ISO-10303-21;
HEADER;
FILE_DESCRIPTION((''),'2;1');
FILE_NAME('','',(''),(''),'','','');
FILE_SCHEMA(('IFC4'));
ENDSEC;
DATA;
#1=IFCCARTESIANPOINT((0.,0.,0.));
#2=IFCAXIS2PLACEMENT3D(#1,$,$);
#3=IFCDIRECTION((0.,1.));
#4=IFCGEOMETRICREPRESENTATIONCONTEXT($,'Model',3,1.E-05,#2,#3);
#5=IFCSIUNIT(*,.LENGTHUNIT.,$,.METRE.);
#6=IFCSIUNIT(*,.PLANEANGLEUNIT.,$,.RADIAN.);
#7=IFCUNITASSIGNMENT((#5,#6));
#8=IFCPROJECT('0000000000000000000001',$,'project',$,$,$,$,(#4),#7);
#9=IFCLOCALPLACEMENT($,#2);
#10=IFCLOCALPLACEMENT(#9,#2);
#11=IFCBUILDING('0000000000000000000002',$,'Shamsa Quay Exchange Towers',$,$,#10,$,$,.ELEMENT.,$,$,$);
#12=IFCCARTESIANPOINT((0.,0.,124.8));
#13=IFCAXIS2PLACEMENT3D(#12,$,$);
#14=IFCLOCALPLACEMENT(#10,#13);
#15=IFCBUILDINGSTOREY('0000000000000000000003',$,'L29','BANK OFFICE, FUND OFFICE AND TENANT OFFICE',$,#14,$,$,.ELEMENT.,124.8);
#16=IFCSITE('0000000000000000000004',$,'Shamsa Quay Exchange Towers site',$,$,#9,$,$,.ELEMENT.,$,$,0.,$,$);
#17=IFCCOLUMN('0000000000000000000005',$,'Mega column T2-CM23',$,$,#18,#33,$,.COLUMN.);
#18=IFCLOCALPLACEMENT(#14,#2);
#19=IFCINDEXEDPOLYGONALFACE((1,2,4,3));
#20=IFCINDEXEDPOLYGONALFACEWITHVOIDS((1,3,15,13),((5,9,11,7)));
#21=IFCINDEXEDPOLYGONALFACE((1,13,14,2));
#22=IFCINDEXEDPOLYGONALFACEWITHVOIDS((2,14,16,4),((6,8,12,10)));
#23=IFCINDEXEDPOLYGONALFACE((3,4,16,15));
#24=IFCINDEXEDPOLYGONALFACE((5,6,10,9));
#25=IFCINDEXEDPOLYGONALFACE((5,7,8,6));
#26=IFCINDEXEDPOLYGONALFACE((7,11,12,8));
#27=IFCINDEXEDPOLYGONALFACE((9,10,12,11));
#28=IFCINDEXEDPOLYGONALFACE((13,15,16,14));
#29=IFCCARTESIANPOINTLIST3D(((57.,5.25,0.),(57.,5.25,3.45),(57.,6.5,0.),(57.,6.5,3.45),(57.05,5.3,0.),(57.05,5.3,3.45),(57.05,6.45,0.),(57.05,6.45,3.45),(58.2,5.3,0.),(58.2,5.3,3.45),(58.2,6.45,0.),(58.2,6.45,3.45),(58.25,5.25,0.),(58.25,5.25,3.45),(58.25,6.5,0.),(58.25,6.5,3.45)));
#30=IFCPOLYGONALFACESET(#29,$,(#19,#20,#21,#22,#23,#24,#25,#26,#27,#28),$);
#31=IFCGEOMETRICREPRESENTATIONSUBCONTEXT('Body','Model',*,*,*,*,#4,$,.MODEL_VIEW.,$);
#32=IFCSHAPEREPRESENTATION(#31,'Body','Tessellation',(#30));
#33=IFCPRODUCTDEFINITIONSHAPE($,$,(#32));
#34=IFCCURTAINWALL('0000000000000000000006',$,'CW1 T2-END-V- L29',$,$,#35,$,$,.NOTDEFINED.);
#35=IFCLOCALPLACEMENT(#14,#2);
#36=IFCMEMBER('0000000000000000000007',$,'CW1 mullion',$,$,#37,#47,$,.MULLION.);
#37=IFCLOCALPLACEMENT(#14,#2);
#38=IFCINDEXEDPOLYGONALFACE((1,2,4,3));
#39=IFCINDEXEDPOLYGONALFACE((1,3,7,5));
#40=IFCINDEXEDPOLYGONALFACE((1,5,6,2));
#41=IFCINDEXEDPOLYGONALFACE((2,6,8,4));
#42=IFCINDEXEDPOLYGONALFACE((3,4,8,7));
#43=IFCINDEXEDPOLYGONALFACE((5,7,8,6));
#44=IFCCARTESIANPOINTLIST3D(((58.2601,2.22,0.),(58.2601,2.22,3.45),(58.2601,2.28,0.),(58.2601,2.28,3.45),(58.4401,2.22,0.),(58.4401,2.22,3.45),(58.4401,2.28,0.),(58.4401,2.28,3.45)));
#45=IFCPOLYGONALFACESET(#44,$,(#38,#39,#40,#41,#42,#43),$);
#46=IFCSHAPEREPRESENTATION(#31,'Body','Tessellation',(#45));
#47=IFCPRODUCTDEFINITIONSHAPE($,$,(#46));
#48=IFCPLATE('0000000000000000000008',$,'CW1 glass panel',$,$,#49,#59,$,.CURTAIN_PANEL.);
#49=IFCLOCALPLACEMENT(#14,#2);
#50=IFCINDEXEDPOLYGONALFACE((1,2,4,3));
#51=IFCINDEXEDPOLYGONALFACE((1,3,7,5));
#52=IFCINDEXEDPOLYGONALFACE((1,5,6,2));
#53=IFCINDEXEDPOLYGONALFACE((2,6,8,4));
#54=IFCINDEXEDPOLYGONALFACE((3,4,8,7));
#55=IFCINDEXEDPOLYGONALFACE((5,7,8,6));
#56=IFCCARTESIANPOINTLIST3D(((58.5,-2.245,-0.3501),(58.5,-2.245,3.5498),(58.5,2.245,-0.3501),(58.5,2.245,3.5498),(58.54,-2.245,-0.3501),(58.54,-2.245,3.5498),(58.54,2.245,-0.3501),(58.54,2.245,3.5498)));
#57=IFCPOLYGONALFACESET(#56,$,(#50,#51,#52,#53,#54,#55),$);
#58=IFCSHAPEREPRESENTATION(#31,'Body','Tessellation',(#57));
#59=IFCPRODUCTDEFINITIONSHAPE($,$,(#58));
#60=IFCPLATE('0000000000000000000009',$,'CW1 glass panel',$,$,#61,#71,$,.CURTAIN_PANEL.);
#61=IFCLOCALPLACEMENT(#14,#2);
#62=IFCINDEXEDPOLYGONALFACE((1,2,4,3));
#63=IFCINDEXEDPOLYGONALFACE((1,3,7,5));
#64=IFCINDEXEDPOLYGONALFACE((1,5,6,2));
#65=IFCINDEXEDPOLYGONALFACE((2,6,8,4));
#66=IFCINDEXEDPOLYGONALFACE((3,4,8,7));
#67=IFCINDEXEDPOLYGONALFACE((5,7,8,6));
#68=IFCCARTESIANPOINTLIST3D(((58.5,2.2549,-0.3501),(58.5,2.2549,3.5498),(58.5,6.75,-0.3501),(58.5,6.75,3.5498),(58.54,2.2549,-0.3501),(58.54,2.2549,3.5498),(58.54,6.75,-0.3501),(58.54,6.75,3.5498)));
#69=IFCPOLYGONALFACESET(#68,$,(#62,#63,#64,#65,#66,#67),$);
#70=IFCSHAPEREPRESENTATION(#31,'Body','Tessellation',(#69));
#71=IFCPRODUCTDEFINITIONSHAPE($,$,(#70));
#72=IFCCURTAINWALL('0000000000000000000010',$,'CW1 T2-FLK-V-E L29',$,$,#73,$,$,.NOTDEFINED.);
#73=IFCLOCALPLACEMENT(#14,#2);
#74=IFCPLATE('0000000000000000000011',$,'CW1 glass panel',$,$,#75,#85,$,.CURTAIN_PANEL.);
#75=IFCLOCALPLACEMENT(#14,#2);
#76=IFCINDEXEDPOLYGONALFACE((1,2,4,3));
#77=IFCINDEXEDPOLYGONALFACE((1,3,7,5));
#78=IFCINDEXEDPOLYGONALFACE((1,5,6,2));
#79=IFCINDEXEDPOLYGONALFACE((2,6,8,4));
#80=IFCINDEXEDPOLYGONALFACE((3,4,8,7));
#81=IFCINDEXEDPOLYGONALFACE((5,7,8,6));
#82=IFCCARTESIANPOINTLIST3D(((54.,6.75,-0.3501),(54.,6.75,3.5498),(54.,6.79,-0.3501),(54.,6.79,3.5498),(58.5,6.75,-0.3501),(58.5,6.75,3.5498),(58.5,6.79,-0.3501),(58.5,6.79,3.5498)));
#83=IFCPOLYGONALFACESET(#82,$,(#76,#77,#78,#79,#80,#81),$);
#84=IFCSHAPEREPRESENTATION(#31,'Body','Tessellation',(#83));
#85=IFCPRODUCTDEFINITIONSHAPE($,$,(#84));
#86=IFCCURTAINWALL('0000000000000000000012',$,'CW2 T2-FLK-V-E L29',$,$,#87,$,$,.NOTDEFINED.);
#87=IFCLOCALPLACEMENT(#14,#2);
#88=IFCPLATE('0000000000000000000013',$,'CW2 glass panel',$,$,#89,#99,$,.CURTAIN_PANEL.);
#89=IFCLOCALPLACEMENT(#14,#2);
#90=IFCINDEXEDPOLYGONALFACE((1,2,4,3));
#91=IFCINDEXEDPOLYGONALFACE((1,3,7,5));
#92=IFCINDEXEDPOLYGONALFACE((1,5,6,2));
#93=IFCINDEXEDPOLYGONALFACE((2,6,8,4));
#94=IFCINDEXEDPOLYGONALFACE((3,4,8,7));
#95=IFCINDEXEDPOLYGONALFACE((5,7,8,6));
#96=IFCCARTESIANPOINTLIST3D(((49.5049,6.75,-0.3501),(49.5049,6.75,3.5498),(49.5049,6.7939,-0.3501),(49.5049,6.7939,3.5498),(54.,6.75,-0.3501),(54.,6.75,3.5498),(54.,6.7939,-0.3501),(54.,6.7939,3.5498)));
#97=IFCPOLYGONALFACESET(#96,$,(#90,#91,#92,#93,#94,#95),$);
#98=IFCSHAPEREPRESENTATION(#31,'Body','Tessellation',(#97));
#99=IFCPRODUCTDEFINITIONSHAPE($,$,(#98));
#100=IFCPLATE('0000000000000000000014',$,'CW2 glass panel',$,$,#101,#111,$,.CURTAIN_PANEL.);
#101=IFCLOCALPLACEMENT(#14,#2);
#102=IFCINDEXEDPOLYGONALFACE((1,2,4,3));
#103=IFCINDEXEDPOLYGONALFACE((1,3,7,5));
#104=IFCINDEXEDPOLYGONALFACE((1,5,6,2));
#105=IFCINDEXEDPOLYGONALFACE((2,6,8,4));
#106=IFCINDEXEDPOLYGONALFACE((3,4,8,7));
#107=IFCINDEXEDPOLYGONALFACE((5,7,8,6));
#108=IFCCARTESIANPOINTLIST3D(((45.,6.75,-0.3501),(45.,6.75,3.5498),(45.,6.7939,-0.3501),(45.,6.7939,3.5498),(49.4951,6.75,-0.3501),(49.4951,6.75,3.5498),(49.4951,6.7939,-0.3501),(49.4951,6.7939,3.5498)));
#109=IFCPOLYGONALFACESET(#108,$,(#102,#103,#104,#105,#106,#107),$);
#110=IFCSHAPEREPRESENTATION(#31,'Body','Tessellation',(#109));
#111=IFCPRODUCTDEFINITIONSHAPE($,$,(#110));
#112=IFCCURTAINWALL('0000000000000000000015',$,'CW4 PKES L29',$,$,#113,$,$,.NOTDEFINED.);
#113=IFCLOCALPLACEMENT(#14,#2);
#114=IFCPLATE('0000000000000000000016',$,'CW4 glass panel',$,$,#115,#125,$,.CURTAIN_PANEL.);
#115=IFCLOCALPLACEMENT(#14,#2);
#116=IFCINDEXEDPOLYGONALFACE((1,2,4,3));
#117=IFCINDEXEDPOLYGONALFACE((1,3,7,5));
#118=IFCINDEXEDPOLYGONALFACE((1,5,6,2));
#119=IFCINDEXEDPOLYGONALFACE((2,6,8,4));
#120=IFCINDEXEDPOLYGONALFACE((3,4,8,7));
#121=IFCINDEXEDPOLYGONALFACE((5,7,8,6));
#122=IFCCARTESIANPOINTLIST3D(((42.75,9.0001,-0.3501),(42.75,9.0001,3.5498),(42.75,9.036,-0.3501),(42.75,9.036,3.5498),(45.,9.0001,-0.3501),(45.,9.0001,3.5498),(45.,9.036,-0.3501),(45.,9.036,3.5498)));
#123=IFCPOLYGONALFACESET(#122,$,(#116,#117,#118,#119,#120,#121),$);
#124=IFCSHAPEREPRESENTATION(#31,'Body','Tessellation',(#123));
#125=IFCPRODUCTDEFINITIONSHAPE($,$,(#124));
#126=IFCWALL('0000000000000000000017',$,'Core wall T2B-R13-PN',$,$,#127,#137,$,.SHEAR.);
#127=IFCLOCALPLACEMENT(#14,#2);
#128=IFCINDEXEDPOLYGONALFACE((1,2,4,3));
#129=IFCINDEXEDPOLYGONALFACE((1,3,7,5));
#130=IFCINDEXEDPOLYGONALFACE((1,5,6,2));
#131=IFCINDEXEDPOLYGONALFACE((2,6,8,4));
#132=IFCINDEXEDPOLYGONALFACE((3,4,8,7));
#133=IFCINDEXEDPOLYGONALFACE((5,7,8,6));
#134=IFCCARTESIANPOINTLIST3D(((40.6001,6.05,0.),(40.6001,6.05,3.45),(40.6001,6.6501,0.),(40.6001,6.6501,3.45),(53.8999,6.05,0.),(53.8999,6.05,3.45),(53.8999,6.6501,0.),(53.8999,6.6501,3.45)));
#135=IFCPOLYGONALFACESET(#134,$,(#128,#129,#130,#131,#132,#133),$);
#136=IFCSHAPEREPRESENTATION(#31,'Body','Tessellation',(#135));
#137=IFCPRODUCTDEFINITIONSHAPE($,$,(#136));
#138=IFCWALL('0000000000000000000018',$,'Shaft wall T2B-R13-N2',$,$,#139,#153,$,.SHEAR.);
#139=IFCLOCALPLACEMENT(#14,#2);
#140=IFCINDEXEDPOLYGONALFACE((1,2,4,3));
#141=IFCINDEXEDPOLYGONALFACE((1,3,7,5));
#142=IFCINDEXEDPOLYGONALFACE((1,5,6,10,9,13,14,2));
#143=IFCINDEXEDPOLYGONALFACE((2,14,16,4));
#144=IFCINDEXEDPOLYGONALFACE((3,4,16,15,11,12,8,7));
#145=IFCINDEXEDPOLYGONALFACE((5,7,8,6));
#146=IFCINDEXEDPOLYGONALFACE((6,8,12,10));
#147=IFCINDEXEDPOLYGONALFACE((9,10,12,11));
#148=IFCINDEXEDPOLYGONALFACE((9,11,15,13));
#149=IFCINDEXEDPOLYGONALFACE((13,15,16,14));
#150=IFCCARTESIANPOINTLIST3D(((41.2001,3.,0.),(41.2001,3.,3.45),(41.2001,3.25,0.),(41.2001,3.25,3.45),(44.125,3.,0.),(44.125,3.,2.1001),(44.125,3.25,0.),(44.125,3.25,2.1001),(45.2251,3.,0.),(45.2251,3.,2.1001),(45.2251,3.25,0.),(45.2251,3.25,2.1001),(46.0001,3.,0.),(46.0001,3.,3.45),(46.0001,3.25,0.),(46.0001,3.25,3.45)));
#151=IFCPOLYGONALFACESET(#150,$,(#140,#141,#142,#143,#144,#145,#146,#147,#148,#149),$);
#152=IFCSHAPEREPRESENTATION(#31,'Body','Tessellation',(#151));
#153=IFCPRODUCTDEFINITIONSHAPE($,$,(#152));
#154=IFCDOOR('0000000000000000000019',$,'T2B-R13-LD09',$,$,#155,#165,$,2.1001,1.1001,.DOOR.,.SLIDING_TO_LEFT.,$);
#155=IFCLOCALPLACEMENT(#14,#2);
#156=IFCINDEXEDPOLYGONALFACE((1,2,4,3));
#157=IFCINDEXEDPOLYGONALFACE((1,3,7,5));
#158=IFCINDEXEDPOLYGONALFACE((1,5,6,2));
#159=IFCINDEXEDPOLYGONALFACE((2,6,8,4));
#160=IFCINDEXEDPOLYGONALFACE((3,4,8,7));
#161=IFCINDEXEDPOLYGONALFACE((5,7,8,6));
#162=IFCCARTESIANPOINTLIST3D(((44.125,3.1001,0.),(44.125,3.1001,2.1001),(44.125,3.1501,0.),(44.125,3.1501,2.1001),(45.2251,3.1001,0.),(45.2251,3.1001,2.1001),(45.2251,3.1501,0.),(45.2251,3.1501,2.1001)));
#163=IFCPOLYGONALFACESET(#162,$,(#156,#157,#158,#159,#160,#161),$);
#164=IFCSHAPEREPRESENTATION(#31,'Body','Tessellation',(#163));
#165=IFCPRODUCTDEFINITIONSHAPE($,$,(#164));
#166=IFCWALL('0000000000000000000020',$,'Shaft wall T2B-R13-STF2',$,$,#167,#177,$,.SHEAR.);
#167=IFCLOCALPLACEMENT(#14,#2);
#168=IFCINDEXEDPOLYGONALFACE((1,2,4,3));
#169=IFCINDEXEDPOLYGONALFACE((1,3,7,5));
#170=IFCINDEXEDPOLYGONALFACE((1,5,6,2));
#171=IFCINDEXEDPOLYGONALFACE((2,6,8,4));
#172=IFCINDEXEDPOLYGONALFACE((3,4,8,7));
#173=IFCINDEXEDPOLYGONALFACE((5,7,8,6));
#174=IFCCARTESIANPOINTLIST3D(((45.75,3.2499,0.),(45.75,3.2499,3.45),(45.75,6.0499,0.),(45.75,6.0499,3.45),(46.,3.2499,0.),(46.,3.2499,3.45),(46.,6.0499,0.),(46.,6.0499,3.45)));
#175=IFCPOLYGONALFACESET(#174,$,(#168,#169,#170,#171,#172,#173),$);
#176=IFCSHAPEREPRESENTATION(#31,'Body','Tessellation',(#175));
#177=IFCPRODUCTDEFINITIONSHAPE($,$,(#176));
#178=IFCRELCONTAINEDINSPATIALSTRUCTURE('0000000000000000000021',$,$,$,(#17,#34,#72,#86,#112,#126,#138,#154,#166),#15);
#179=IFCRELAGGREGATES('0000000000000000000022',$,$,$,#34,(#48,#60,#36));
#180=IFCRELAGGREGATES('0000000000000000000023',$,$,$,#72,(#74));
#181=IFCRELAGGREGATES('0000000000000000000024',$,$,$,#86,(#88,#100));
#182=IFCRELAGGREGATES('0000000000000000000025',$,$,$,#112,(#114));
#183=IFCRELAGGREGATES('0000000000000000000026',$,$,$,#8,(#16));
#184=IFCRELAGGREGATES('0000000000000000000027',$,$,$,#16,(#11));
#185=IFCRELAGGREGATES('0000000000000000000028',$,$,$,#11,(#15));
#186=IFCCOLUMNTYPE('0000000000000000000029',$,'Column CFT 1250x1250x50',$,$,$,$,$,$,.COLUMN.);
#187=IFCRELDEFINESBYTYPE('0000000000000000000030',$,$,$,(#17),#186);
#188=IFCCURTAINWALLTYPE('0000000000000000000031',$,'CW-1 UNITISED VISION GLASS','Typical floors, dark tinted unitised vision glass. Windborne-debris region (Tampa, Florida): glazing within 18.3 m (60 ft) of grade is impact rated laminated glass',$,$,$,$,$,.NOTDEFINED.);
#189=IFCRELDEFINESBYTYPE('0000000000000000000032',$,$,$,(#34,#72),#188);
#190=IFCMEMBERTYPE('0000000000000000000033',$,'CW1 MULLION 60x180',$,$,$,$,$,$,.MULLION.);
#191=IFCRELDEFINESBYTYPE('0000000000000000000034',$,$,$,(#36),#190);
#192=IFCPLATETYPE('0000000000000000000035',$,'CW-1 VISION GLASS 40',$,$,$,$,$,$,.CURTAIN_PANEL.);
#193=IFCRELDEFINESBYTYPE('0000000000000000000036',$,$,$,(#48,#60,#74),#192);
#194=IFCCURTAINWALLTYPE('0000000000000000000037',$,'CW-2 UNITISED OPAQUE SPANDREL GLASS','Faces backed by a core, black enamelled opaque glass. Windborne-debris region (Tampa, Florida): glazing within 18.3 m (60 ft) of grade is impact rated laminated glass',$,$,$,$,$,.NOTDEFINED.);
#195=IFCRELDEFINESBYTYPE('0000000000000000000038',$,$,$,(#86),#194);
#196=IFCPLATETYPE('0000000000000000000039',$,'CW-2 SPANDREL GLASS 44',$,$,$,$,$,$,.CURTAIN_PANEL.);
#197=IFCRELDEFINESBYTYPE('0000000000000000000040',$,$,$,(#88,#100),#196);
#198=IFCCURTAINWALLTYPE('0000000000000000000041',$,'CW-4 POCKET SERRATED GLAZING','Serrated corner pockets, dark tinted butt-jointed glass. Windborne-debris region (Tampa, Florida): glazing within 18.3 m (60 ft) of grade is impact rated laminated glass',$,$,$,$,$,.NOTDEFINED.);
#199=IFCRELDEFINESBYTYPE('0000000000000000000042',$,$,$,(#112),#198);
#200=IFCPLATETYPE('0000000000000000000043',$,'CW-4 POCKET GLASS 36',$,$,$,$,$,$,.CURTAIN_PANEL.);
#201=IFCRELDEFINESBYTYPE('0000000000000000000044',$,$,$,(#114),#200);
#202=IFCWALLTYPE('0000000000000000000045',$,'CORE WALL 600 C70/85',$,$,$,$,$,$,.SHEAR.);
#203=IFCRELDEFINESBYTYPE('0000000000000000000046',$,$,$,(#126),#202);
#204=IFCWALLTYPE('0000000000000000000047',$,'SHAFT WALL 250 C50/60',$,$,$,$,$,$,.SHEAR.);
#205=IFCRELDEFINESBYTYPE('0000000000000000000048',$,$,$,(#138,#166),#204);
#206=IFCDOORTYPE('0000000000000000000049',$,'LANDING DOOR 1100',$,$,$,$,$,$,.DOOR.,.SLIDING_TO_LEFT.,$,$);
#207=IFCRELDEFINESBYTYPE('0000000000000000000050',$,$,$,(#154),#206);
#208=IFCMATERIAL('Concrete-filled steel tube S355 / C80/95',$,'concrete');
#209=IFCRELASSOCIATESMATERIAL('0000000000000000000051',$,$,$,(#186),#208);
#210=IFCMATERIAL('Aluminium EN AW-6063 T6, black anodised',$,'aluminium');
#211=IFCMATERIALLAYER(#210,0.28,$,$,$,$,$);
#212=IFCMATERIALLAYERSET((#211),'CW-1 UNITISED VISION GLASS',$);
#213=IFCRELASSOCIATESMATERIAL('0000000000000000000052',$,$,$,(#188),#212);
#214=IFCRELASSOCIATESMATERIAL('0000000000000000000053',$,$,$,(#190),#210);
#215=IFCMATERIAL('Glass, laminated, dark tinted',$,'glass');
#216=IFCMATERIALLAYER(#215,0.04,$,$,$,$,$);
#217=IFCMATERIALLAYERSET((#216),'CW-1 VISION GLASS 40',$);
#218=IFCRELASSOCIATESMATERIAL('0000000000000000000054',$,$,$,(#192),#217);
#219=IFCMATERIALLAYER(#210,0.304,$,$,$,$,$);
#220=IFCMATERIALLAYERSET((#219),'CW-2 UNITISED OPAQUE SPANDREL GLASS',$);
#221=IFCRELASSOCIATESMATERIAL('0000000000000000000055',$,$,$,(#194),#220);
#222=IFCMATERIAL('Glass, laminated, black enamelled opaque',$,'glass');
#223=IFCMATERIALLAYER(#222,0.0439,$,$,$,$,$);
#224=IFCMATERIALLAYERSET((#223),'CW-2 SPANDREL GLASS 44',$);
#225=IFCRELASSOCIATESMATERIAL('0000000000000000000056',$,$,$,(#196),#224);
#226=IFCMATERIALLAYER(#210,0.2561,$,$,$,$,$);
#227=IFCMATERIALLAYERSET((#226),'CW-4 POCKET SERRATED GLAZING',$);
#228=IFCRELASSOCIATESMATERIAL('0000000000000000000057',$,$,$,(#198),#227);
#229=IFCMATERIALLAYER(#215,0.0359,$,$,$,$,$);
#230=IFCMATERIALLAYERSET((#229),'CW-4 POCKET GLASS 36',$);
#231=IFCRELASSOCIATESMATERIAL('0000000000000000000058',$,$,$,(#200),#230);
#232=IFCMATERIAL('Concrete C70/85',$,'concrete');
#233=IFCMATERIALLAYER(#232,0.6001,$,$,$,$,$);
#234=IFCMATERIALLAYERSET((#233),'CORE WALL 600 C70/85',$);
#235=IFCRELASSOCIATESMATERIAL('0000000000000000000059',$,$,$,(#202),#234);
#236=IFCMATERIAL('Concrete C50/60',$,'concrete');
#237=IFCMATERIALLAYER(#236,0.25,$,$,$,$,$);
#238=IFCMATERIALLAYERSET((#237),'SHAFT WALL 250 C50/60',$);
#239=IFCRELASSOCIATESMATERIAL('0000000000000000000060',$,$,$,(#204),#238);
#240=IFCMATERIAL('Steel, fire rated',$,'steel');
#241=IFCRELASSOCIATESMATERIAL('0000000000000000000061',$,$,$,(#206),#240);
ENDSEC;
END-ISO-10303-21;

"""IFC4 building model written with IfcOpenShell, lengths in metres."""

from ifc_helpers import new_model, si_unit, direction, frame, frame_2d, origin, origin_2d, place, context, subcontext, project, spatial, rectangle, hollow_rectangle, extrude, material, layer, layer_set, material_profile, profile_set, type_object, element, fill, aggregate, save


model = new_model("IFC4")

# Units and contexts
model_context = context("Model", 3, precision=1e-05, world=origin(), true_north=direction((0.0, 1.0)))
body_context = subcontext(model_context, "Body", "Model", "MODEL_VIEW")
ifc_project = project(units=[si_unit("LENGTHUNIT", "METRE"), si_unit("PLANEANGLEUNIT", "RADIAN")], contexts=[model_context])

# Site, building, storey
site_placement = place(None, origin())
site = spatial("IfcSite", under=ifc_project, at=site_placement, Name="Shamsa Quay Exchange Towers site", CompositionType="ELEMENT", RefElevation=0.0)
building_placement = place(site_placement, origin())
building = spatial("IfcBuilding", under=site, at=building_placement, Name="Shamsa Quay Exchange Towers", CompositionType="ELEMENT")
storey_placement = place(building_placement, frame((0.0, 0.0, 124.8)))
storey = spatial("IfcBuildingStorey", under=building, at=storey_placement, Name="L29", Description="BANK OFFICE, FUND OFFICE AND TENANT OFFICE", CompositionType="ELEMENT", Elevation=124.8)

# Column
ifc_material_1 = material(Name="Concrete-filled steel tube S355 / C80/95", Category="concrete")
ifc_material_profile_1 = material_profile(ifc_material_1, hollow_rectangle(XDim=1.25, YDim=1.25, WallThickness=0.05, at=origin_2d()), Name="CFT 1250x1250x50")
ifc_profile_set_1 = profile_set([ifc_material_profile_1], Name="Concrete-filled steel tube S355 / C80/95")
column_type = type_object("IfcColumnType", Name="Column CFT 1250x1250x50", PredefinedType="COLUMN", material=ifc_profile_set_1)
column_placement = place(storey_placement, frame((57.625, 5.875, 0.0)))
element("IfcColumn", 1, at=column_placement, inside=storey, type_object=column_type, Name="Mega column T2-CM23", PredefinedType="COLUMN", context=body_context, shape_type="SweptSolid", body=[
    extrude(hollow_rectangle(XDim=1.25, YDim=1.25, WallThickness=0.05, at=origin_2d()), origin(), (0.0, 0.0, 1.0), 3.45),
])

# Curtain wall, member, plates
ifc_material_2 = material(Name="Aluminium EN AW-6063 T6, black anodised", Category="aluminium")
ifc_layer_1 = layer(ifc_material_2, 0.28)
ifc_layer_set_1 = layer_set([ifc_layer_1], Name="CW-1 UNITISED VISION GLASS")
curtain_wall_type_1 = type_object("IfcCurtainWallType", Name="CW-1 UNITISED VISION GLASS", Description="Typical floors, dark tinted unitised vision glass. Windborne-debris region (Tampa, Florida): glazing within 18.3 m (60 ft) of grade is impact rated laminated glass", PredefinedType="NOTDEFINED", material=ifc_layer_set_1)
curtain_wall_1_placement = place(storey_placement, origin())
curtain_wall_1 = element("IfcCurtainWall", 2, at=curtain_wall_1_placement, inside=storey, type_object=curtain_wall_type_1, Name="CW1 T2-END-V- L29", PredefinedType="NOTDEFINED")
ifc_material_profile_2 = material_profile(ifc_material_2, rectangle(XDim=0.1799, YDim=0.0601, at=origin_2d()), Name="MU60x180")
ifc_profile_set_2 = profile_set([ifc_material_profile_2], Name="Aluminium EN AW-6063 T6, black anodised")
member_type = type_object("IfcMemberType", Name="CW1 MULLION 60x180", PredefinedType="MULLION", material=ifc_profile_set_2)
member_placement = place(storey_placement, frame((58.3501, 2.25, 0.0), z_axis=(0.0, 0.0, 1.0), x_axis=(-1.0, 0.0, 0.0)))
member = element("IfcMember", 3, at=member_placement, type_object=member_type, Name="CW1 mullion", PredefinedType="MULLION", context=body_context, shape_type="SweptSolid", body=[
    extrude(rectangle(XDim=0.1799, YDim=0.0601, at=origin_2d()), origin(), (0.0, 0.0, 1.0), 3.45),
])
ifc_material_3 = material(Name="Glass, laminated, dark tinted", Category="glass")
ifc_layer_2 = layer(ifc_material_3, 0.04)
ifc_layer_set_2 = layer_set([ifc_layer_2], Name="CW-1 VISION GLASS 40")
plate_type_1 = type_object("IfcPlateType", Name="CW-1 VISION GLASS 40", PredefinedType="CURTAIN_PANEL", material=ifc_layer_set_2)
plate_1_placement = place(storey_placement, frame((58.52, 0.0, -0.3501), z_axis=(0.0, 0.0, 1.0), x_axis=(0.0, 1.0, 0.0)))
plate_1 = element("IfcPlate", 4, at=plate_1_placement, type_object=plate_type_1, Name="CW1 glass panel", PredefinedType="CURTAIN_PANEL", context=body_context, shape_type="SweptSolid", body=[
    extrude(rectangle(XDim=4.49, YDim=0.04, at=origin_2d()), origin(), (0.0, 0.0, 1.0), 3.8999),
])
plate_2_placement = place(storey_placement, frame((58.52, 4.5024, -0.3501), z_axis=(0.0, 0.0, 1.0), x_axis=(0.0, 1.0, 0.0)))
plate_2 = element("IfcPlate", 5, at=plate_2_placement, type_object=plate_type_1, Name="CW1 glass panel", PredefinedType="CURTAIN_PANEL", context=body_context, shape_type="SweptSolid", body=[
    extrude(rectangle(XDim=4.4951, YDim=0.04, at=origin_2d()), origin(), (0.0, 0.0, 1.0), 3.8999),
])
aggregate(curtain_wall_1, [plate_1, plate_2, member])

# Curtain wall, plate
curtain_wall_2_placement = place(storey_placement, origin())
curtain_wall_2 = element("IfcCurtainWall", 6, at=curtain_wall_2_placement, inside=storey, type_object=curtain_wall_type_1, Name="CW1 T2-FLK-V-E L29", PredefinedType="NOTDEFINED")
plate_3_placement = place(storey_placement, frame((56.25, 6.77, -0.3501), z_axis=(0.0, 0.0, 1.0), x_axis=(-1.0, 0.0, 0.0)))
plate_3 = element("IfcPlate", 7, at=plate_3_placement, type_object=plate_type_1, Name="CW1 glass panel", PredefinedType="CURTAIN_PANEL", context=body_context, shape_type="SweptSolid", body=[
    extrude(rectangle(XDim=4.5, YDim=0.04, at=origin_2d()), origin(), (0.0, 0.0, 1.0), 3.8999),
])
aggregate(curtain_wall_2, [plate_3])

# Curtain wall, plates
ifc_layer_3 = layer(ifc_material_2, 0.304)
ifc_layer_set_3 = layer_set([ifc_layer_3], Name="CW-2 UNITISED OPAQUE SPANDREL GLASS")
curtain_wall_type_2 = type_object("IfcCurtainWallType", Name="CW-2 UNITISED OPAQUE SPANDREL GLASS", Description="Faces backed by a core, black enamelled opaque glass. Windborne-debris region (Tampa, Florida): glazing within 18.3 m (60 ft) of grade is impact rated laminated glass", PredefinedType="NOTDEFINED", material=ifc_layer_set_3)
curtain_wall_3_placement = place(storey_placement, origin())
curtain_wall_3 = element("IfcCurtainWall", 8, at=curtain_wall_3_placement, inside=storey, type_object=curtain_wall_type_2, Name="CW2 T2-FLK-V-E L29", PredefinedType="NOTDEFINED")
ifc_material_4 = material(Name="Glass, laminated, black enamelled opaque", Category="glass")
ifc_layer_4 = layer(ifc_material_4, 0.0439)
ifc_layer_set_4 = layer_set([ifc_layer_4], Name="CW-2 SPANDREL GLASS 44")
plate_type_2 = type_object("IfcPlateType", Name="CW-2 SPANDREL GLASS 44", PredefinedType="CURTAIN_PANEL", material=ifc_layer_set_4)
plate_4_placement = place(storey_placement, frame((51.7524, 6.772, -0.3501), z_axis=(0.0, 0.0, 1.0), x_axis=(-1.0, 0.0, 0.0)))
plate_4 = element("IfcPlate", 9, at=plate_4_placement, type_object=plate_type_2, Name="CW2 glass panel", PredefinedType="CURTAIN_PANEL", context=body_context, shape_type="SweptSolid", body=[
    extrude(rectangle(XDim=4.4951, YDim=0.0439, at=origin_2d()), origin(), (0.0, 0.0, 1.0), 3.8999),
])
plate_5_placement = place(storey_placement, frame((47.2476, 6.772, -0.3501), z_axis=(0.0, 0.0, 1.0), x_axis=(-1.0, 0.0, 0.0)))
plate_5 = element("IfcPlate", 10, at=plate_5_placement, type_object=plate_type_2, Name="CW2 glass panel", PredefinedType="CURTAIN_PANEL", context=body_context, shape_type="SweptSolid", body=[
    extrude(rectangle(XDim=4.4951, YDim=0.0439, at=origin_2d()), origin(), (0.0, 0.0, 1.0), 3.8999),
])
aggregate(curtain_wall_3, [plate_4, plate_5])

# Curtain wall, plate
ifc_layer_5 = layer(ifc_material_2, 0.2561)
ifc_layer_set_5 = layer_set([ifc_layer_5], Name="CW-4 POCKET SERRATED GLAZING")
curtain_wall_type_3 = type_object("IfcCurtainWallType", Name="CW-4 POCKET SERRATED GLAZING", Description="Serrated corner pockets, dark tinted butt-jointed glass. Windborne-debris region (Tampa, Florida): glazing within 18.3 m (60 ft) of grade is impact rated laminated glass", PredefinedType="NOTDEFINED", material=ifc_layer_set_5)
curtain_wall_4_placement = place(storey_placement, origin())
curtain_wall_4 = element("IfcCurtainWall", 11, at=curtain_wall_4_placement, inside=storey, type_object=curtain_wall_type_3, Name="CW4 PKES L29", PredefinedType="NOTDEFINED")
ifc_layer_6 = layer(ifc_material_3, 0.0359)
ifc_layer_set_6 = layer_set([ifc_layer_6], Name="CW-4 POCKET GLASS 36")
plate_type_3 = type_object("IfcPlateType", Name="CW-4 POCKET GLASS 36", PredefinedType="CURTAIN_PANEL", material=ifc_layer_set_6)
plate_6_placement = place(storey_placement, frame((43.875, 9.0181, -0.3501), z_axis=(0.0, 0.0, 1.0), x_axis=(-1.0, 0.0, 0.0)))
plate_6 = element("IfcPlate", 12, at=plate_6_placement, type_object=plate_type_3, Name="CW4 glass panel", PredefinedType="CURTAIN_PANEL", context=body_context, shape_type="SweptSolid", body=[
    extrude(rectangle(XDim=2.25, YDim=0.0359, at=origin_2d()), origin(), (0.0, 0.0, 1.0), 3.8999),
])
aggregate(curtain_wall_4, [plate_6])

# Wall
ifc_material_5 = material(Name="Concrete C70/85", Category="concrete")
ifc_layer_7 = layer(ifc_material_5, 0.6001)
ifc_layer_set_7 = layer_set([ifc_layer_7], Name="CORE WALL 600 C70/85")
wall_type_1 = type_object("IfcWallType", Name="CORE WALL 600 C70/85", PredefinedType="SHEAR", material=ifc_layer_set_7)
wall_1_placement = place(storey_placement, frame((53.8999, 6.3501, 0.0), z_axis=(0.0, 0.0, 1.0), x_axis=(-1.0, 0.0, 0.0)))
element("IfcWall", 13, at=wall_1_placement, inside=storey, type_object=wall_type_1, Name="Core wall T2B-R13-PN", PredefinedType="SHEAR", context=body_context, shape_type="SweptSolid", body=[
    extrude(rectangle(XDim=13.2998, YDim=0.6001, at=frame_2d((6.6499, 0.0))), origin(), (0.0, 0.0, 1.0), 3.45),
])

# Wall, opening, door
ifc_material_6 = material(Name="Concrete C50/60", Category="concrete")
ifc_layer_8 = layer(ifc_material_6, 0.25)
ifc_layer_set_8 = layer_set([ifc_layer_8], Name="SHAFT WALL 250 C50/60")
wall_type_2 = type_object("IfcWallType", Name="SHAFT WALL 250 C50/60", PredefinedType="SHEAR", material=ifc_layer_set_8)
wall_2_placement = place(storey_placement, frame((46.0, 3.125, 0.0), z_axis=(0.0, 0.0, 1.0), x_axis=(-1.0, 0.0, 0.0)))
wall_2 = element("IfcWall", 14, at=wall_2_placement, inside=storey, type_object=wall_type_2, Name="Shaft wall T2B-R13-N2", PredefinedType="SHEAR", context=body_context, shape_type="SweptSolid", body=[
    extrude(rectangle(XDim=4.8, YDim=0.25, at=frame_2d((2.3999, 0.0))), origin(), (0.0, 0.0, 1.0), 3.45),
])
opening_1_placement = place(wall_2_placement, frame((0.7749, 0.0, 0.0)))
opening_1 = element("IfcOpeningElement", 15, at=opening_1_placement, cuts=wall_2, PredefinedType="OPENING", context=body_context, shape_type="SweptSolid", body=[
    extrude(rectangle(XDim=1.1001, YDim=2.1001, at=frame_2d((0.55, 1.05))), frame((0.0, 0.135, 0.0), z_axis=(0.0, -1.0, 0.0), x_axis=(1.0, 0.0, 0.0)), (0.0, 0.0, 1.0), 0.27),
])
ifc_material_7 = material(Name="Steel, fire rated", Category="steel")
door_type_1 = type_object("IfcDoorType", Name="LANDING DOOR 1100", OperationType="SLIDING_TO_LEFT", PredefinedType="DOOR", material=ifc_material_7)
door_1_placement = place(opening_1_placement, origin())
door_1 = element("IfcDoor", 16, at=door_1_placement, inside=storey, type_object=door_type_1, Name="T2B-R13-LD09", OperationType="SLIDING_TO_LEFT", OverallHeight=2.1001, OverallWidth=1.1001, PredefinedType="DOOR", context=body_context, shape_type="SweptSolid", body=[
    extrude(rectangle(XDim=1.1001, YDim=2.1001, at=frame_2d((0.55, 1.05))), frame((0.0, 0.0249, 0.0), z_axis=(0.0, -1.0, 0.0), x_axis=(1.0, 0.0, 0.0)), (0.0, 0.0, 1.0), 0.05),
])
fill(opening_1, door_1)

# Wall
wall_3_placement = place(storey_placement, frame((45.875, 3.25, 0.0), z_axis=(0.0, 0.0, 1.0), x_axis=(0.0, 1.0, 0.0)))
element("IfcWall", 17, at=wall_3_placement, inside=storey, type_object=wall_type_2, Name="Shaft wall T2B-R13-STF2", PredefinedType="SHEAR", context=body_context, shape_type="SweptSolid", body=[
    extrude(rectangle(XDim=2.8, YDim=0.25, at=frame_2d((1.3999, 0.0))), origin(), (0.0, 0.0, 1.0), 3.45),
])

save(model, "model.ifc")
